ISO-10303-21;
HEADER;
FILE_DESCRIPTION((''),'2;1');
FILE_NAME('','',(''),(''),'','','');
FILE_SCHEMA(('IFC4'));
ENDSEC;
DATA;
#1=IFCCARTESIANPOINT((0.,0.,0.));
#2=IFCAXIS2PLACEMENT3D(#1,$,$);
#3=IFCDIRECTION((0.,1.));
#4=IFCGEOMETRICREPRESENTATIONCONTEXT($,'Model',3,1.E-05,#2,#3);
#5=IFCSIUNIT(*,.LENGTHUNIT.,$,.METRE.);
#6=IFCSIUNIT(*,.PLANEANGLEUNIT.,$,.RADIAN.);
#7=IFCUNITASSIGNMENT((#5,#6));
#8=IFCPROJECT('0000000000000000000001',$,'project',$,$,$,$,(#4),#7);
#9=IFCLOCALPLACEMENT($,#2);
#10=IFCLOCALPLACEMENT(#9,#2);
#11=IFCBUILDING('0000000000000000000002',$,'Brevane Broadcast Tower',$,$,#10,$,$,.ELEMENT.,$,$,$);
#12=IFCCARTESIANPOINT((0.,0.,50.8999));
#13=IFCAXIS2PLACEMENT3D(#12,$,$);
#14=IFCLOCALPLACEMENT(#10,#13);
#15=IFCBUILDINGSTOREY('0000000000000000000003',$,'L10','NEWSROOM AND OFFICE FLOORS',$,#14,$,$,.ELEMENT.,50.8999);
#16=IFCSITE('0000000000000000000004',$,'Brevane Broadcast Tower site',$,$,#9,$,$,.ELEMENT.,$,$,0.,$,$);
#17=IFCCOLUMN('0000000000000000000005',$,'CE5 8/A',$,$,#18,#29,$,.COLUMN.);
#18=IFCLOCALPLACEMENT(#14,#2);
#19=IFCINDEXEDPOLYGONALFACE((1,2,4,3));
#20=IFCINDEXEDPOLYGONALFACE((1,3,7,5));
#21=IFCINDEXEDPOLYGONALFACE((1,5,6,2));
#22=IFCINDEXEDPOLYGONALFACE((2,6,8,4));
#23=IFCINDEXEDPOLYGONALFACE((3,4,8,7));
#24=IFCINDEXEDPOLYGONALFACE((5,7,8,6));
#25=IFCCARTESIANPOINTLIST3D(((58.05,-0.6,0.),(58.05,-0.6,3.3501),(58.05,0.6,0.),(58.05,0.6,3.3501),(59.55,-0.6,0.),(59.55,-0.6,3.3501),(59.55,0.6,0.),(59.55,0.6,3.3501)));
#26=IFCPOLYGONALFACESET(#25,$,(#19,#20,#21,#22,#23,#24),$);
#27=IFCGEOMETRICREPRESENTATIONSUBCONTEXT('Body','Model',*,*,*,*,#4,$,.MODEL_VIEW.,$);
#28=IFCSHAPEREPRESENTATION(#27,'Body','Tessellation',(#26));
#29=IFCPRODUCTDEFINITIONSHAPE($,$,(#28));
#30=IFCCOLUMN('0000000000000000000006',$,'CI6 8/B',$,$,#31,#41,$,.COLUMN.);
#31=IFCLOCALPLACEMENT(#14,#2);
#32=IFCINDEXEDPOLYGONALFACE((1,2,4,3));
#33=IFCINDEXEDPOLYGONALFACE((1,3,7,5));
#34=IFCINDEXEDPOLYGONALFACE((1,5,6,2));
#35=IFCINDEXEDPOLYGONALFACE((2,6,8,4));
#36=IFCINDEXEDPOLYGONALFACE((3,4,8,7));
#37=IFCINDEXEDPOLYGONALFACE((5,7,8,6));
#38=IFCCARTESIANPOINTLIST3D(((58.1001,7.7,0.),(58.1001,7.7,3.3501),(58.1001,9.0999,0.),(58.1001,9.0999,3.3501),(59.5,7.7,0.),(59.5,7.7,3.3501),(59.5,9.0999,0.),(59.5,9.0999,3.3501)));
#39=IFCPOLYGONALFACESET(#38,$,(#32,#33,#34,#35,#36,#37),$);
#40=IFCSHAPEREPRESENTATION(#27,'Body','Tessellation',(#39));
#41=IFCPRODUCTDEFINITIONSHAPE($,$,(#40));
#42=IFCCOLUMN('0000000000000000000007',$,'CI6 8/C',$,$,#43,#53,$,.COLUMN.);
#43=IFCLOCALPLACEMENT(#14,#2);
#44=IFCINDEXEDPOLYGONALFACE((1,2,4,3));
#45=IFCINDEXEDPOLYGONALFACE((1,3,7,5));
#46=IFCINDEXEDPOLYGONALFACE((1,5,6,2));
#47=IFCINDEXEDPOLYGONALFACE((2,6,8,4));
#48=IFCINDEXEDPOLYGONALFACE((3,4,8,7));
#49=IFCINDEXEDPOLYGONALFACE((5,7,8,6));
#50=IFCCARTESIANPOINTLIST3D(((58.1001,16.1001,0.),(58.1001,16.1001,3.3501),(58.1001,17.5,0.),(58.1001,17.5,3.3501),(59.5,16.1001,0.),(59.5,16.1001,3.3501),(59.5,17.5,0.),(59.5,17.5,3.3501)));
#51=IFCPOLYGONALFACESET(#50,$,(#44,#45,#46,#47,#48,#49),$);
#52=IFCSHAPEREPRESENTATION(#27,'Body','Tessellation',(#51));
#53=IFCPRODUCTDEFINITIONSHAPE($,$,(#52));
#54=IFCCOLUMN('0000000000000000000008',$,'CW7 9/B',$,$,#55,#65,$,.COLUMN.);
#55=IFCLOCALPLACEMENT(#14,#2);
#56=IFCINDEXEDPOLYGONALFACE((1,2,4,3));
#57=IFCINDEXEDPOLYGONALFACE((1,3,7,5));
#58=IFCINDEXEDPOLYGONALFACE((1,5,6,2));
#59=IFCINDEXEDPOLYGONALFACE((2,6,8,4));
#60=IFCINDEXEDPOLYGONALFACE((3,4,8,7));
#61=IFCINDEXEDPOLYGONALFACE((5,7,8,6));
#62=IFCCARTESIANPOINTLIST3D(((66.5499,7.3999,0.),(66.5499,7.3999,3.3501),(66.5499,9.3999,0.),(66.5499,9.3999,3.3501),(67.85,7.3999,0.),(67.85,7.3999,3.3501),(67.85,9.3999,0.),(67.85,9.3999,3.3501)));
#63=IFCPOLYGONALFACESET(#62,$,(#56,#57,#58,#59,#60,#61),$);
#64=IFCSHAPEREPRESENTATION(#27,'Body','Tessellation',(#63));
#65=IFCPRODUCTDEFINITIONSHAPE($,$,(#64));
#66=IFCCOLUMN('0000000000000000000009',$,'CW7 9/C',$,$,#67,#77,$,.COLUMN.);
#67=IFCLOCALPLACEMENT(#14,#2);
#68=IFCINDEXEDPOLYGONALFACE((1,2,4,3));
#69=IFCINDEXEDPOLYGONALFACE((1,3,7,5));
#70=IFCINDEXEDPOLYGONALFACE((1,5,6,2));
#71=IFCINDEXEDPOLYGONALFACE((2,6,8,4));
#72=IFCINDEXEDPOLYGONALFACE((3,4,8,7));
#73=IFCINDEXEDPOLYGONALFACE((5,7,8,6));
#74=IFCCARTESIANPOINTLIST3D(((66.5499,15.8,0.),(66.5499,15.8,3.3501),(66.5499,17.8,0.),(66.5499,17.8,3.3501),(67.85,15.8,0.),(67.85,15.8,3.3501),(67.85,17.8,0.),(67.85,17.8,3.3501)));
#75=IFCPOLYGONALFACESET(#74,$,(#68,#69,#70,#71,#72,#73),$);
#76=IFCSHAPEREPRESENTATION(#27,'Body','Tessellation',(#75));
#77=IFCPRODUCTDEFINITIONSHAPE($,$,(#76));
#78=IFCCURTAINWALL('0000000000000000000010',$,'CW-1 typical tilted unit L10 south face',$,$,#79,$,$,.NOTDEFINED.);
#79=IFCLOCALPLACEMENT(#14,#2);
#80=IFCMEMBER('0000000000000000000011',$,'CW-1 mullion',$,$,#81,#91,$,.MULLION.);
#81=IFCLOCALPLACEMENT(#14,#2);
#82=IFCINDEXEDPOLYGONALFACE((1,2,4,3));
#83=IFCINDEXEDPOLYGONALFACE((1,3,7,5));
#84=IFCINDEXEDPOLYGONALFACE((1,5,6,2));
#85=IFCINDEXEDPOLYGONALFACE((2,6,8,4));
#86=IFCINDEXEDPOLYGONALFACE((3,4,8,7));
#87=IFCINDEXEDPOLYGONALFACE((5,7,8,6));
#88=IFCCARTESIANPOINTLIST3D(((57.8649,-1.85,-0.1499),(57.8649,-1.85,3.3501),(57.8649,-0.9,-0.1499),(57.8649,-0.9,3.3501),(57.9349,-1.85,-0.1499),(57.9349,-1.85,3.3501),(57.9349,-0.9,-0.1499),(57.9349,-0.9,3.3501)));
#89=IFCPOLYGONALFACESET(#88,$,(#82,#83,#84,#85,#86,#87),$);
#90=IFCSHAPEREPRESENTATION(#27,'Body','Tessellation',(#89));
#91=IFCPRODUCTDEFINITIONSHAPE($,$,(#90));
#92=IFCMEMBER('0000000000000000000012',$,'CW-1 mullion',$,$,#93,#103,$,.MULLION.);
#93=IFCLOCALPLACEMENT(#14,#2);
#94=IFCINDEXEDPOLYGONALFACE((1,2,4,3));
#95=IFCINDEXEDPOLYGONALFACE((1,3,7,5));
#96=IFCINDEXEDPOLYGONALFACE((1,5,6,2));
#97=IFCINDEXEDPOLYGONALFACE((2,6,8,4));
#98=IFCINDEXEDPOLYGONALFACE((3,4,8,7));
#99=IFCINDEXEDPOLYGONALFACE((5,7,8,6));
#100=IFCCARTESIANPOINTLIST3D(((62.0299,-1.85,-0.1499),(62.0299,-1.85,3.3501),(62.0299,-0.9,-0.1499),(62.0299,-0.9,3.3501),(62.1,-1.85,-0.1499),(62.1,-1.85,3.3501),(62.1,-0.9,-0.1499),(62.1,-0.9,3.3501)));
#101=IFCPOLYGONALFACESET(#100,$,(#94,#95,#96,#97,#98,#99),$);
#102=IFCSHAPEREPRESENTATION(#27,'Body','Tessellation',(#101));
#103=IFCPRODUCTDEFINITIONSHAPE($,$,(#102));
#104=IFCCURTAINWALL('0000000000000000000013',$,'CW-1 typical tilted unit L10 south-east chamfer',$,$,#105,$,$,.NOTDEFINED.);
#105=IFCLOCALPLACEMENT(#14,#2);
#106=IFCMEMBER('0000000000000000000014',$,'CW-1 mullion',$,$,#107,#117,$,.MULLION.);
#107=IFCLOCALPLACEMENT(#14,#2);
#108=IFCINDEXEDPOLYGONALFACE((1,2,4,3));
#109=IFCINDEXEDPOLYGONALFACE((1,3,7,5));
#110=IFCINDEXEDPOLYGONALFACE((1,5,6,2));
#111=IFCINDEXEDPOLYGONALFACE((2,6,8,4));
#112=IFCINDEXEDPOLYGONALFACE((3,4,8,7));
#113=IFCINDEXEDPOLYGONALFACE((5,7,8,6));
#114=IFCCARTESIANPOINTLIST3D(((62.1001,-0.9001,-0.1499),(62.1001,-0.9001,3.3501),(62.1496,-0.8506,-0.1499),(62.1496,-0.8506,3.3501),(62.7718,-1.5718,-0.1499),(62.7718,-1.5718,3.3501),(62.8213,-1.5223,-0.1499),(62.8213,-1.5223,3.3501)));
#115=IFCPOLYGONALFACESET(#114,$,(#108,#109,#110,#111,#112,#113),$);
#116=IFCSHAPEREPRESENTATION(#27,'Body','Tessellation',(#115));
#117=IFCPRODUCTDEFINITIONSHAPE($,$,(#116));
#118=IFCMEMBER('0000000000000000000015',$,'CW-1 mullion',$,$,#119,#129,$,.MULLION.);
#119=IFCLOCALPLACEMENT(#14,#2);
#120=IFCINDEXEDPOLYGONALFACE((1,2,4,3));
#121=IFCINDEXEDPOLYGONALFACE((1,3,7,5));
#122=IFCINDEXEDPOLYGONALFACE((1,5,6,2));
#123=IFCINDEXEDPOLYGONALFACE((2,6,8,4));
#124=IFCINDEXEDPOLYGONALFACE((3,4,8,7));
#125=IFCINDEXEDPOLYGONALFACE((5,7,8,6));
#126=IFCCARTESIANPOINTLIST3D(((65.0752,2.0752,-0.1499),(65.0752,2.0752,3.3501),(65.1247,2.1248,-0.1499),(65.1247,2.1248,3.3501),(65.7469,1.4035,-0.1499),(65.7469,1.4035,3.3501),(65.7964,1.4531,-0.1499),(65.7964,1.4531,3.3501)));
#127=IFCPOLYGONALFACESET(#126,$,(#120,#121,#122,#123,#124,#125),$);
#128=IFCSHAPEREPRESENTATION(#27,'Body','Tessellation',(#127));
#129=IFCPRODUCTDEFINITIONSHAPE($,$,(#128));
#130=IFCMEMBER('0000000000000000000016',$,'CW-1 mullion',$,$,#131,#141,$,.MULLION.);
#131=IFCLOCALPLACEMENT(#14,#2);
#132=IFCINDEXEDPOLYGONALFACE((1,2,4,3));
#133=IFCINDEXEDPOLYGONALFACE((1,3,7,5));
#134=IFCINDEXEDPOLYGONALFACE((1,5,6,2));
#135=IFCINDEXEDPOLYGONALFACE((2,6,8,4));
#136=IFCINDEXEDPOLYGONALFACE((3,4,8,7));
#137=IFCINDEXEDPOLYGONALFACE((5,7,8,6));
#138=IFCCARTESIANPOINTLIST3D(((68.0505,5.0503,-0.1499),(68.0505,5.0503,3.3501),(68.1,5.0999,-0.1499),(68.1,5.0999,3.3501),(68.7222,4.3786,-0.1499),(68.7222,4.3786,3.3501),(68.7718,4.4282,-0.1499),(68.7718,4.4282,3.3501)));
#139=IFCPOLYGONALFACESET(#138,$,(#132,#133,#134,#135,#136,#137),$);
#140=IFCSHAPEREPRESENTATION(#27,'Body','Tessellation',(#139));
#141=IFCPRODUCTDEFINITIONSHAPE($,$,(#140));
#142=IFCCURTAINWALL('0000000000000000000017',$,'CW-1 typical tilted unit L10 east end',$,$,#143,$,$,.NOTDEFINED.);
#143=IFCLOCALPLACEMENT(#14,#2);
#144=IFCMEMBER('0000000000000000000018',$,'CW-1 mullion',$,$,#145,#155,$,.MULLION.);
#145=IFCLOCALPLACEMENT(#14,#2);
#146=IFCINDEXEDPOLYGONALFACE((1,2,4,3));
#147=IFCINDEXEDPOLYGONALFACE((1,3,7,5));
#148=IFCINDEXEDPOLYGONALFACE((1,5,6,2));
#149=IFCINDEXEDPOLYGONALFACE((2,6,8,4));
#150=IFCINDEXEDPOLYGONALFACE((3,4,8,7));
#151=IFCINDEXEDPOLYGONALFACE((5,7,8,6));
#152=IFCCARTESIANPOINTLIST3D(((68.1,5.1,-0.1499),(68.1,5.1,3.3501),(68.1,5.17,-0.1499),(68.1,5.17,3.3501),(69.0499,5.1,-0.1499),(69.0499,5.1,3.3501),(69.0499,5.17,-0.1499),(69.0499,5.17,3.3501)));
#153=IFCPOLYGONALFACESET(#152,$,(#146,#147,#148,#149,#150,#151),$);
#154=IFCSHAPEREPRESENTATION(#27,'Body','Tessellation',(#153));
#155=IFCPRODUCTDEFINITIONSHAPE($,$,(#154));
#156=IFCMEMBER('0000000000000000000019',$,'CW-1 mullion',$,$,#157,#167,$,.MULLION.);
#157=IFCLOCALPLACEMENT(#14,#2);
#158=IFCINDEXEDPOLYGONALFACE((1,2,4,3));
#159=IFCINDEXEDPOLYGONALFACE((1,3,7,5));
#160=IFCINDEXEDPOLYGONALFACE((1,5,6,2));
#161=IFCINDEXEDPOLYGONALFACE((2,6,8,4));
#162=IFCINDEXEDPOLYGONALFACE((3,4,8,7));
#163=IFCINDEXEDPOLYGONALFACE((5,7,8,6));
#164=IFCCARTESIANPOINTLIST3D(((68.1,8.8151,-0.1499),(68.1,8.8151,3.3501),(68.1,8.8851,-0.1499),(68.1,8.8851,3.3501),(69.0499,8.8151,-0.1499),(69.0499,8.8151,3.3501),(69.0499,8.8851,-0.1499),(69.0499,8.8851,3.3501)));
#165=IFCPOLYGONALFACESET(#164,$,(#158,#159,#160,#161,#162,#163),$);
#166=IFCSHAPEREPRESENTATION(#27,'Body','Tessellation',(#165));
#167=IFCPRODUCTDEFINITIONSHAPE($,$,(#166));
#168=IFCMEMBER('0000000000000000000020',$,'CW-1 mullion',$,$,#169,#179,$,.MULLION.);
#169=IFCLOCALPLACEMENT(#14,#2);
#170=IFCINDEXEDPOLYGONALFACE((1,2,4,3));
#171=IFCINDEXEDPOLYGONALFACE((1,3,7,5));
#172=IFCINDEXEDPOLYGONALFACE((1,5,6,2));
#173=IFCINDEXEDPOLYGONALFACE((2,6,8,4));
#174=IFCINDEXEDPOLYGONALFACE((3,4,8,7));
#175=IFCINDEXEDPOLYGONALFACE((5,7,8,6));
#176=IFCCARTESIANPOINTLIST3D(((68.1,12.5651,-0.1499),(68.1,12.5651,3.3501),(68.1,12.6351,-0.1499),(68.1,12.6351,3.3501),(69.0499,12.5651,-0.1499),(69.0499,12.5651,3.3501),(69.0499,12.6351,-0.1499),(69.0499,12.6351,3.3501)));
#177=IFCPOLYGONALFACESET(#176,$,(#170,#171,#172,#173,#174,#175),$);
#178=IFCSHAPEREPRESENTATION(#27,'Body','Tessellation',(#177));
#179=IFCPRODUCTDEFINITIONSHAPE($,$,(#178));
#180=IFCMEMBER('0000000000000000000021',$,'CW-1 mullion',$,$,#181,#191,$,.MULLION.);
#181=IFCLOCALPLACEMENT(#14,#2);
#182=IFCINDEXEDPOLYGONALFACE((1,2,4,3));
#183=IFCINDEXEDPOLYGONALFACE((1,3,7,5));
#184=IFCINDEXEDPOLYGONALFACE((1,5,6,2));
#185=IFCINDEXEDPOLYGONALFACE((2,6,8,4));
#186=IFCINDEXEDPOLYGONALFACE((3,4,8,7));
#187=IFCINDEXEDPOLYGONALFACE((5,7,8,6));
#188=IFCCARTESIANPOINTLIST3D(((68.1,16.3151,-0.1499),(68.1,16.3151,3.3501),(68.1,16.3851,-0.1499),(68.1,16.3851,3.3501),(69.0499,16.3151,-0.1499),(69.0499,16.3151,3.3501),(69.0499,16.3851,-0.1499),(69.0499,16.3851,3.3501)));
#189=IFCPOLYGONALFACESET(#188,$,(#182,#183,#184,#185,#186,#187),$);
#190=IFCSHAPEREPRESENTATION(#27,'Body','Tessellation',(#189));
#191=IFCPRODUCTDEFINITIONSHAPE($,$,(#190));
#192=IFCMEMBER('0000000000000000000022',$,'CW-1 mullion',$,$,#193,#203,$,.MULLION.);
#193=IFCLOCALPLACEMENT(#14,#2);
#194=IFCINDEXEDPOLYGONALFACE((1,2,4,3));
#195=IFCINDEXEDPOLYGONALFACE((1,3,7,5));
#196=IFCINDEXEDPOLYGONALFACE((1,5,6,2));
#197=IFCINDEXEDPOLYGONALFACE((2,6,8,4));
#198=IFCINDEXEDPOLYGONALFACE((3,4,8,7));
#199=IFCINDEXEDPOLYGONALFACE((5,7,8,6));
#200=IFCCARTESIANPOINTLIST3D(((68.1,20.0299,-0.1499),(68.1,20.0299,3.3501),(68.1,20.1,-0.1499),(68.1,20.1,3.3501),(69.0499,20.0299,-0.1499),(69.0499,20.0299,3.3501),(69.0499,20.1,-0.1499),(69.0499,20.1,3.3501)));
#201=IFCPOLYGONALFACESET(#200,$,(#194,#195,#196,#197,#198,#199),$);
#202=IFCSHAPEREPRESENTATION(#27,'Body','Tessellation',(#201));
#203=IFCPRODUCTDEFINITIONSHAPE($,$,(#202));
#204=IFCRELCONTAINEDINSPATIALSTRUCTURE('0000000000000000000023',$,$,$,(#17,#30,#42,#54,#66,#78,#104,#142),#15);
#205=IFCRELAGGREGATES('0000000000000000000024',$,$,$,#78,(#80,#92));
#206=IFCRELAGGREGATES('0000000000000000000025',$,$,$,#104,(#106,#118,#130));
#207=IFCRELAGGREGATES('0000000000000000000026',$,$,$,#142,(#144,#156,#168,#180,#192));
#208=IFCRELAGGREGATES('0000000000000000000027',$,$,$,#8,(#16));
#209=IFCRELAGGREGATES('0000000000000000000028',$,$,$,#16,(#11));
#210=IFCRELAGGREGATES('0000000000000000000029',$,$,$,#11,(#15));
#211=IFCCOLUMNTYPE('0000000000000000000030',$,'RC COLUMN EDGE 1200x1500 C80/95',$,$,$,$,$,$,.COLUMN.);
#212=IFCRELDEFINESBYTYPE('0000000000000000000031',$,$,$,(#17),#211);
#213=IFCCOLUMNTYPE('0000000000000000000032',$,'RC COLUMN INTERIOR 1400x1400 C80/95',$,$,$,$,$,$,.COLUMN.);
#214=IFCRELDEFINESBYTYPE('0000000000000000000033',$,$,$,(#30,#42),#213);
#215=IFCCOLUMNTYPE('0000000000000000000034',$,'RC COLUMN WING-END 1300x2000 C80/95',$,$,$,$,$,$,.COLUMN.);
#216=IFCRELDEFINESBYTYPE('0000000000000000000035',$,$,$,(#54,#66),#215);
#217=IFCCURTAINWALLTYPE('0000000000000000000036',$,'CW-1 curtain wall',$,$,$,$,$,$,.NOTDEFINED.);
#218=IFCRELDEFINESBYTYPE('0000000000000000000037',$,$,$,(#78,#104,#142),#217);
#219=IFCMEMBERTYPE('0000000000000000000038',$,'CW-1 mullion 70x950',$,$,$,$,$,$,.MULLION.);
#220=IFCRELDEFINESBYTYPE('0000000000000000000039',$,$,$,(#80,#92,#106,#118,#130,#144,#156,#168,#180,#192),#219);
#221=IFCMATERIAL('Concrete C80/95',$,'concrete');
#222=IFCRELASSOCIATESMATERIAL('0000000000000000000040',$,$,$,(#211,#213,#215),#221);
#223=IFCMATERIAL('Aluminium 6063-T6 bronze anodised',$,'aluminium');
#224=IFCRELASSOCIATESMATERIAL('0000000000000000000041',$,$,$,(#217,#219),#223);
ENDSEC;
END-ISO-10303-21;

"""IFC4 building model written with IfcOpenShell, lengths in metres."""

from ifc_helpers import new_model, si_unit, direction, frame, origin, origin_2d, place, context, subcontext, project, spatial, rectangle, extrude, material, material_profile, profile_set, type_object, element, aggregate, save


model = new_model("IFC4")

# Units and contexts
model_context = context("Model", 3, precision=1e-05, world=origin(), true_north=direction((0.0, 1.0)))
body_context = subcontext(model_context, "Body", "Model", "MODEL_VIEW")
ifc_project = project(units=[si_unit("LENGTHUNIT", "METRE"), si_unit("PLANEANGLEUNIT", "RADIAN")], contexts=[model_context])

# Site, building, storey
site_placement = place(None, origin())
site = spatial("IfcSite", under=ifc_project, at=site_placement, Name="Brevane Broadcast Tower site", CompositionType="ELEMENT", RefElevation=0.0)
building_placement = place(site_placement, origin())
building = spatial("IfcBuilding", under=site, at=building_placement, Name="Brevane Broadcast Tower", CompositionType="ELEMENT")
storey_placement = place(building_placement, frame((0.0, 0.0, 50.8999)))
storey = spatial("IfcBuildingStorey", under=building, at=storey_placement, Name="L10", Description="NEWSROOM AND OFFICE FLOORS", CompositionType="ELEMENT", Elevation=50.8999)

# Columns
ifc_material_1 = material(Name="Concrete C80/95", Category="concrete")
ifc_material_profile_1 = material_profile(ifc_material_1, rectangle(XDim=1.2, YDim=1.5, at=origin_2d()), Name="RC 1200x1500")
ifc_profile_set_1 = profile_set([ifc_material_profile_1], Name="Concrete C80/95")
column_type_1 = type_object("IfcColumnType", Name="RC COLUMN EDGE 1200x1500 C80/95", PredefinedType="COLUMN", material=ifc_profile_set_1)
column_placement = place(storey_placement, frame((58.8, 0.0, 0.0), z_axis=(0.0, 0.0, 1.0), x_axis=(0.0, 1.0, 0.0)))
element("IfcColumn", 1, at=column_placement, inside=storey, type_object=column_type_1, Name="CE5 8/A", PredefinedType="COLUMN", context=body_context, shape_type="SweptSolid", body=[
    extrude(rectangle(XDim=1.2, YDim=1.5, at=origin_2d()), origin(), (0.0, 0.0, 1.0), 3.3501),
])
ifc_material_profile_2 = material_profile(ifc_material_1, rectangle(XDim=1.3999, YDim=1.3999, at=origin_2d()), Name="RC 1400x1400")
ifc_profile_set_2 = profile_set([ifc_material_profile_2], Name="Concrete C80/95")
column_type_2 = type_object("IfcColumnType", Name="RC COLUMN INTERIOR 1400x1400 C80/95", PredefinedType="COLUMN", material=ifc_profile_set_2)
for number, where, z_axis, x_axis, name in (
    (2, (58.8, 8.3999, 0.0), (0.0, 0.0, 1.0), (1.0, 0.0, 0.0), "CI6 8/B"),
    (3, (58.8, 16.8, 0.0), (0.0, 0.0, 1.0), (1.0, 0.0, 0.0), "CI6 8/C"),
):
    element("IfcColumn", number, at=place(storey_placement, frame(where, z_axis=z_axis, x_axis=x_axis)), inside=storey, type_object=column_type_2, Name=name, PredefinedType="COLUMN", context=body_context, shape_type="SweptSolid", body=[
        extrude(rectangle(XDim=1.3999, YDim=1.3999, at=origin_2d()), origin(), (0.0, 0.0, 1.0), 3.3501),
    ])
ifc_material_profile_3 = material_profile(ifc_material_1, rectangle(XDim=1.3, YDim=2.0, at=origin_2d()), Name="RC 1300x2000")
ifc_profile_set_3 = profile_set([ifc_material_profile_3], Name="Concrete C80/95")
column_type_3 = type_object("IfcColumnType", Name="RC COLUMN WING-END 1300x2000 C80/95", PredefinedType="COLUMN", material=ifc_profile_set_3)
for number, where, z_axis, x_axis, name in (
    (4, (67.2, 8.3999, 0.0), (0.0, 0.0, 1.0), (1.0, 0.0, 0.0), "CW7 9/B"),
    (5, (67.2, 16.8, 0.0), (0.0, 0.0, 1.0), (1.0, 0.0, 0.0), "CW7 9/C"),
):
    element("IfcColumn", number, at=place(storey_placement, frame(where, z_axis=z_axis, x_axis=x_axis)), inside=storey, type_object=column_type_3, Name=name, PredefinedType="COLUMN", context=body_context, shape_type="SweptSolid", body=[
        extrude(rectangle(XDim=1.3, YDim=2.0, at=origin_2d()), origin(), (0.0, 0.0, 1.0), 3.3501),
    ])

# Curtain walls, members
ifc_material_2 = material(Name="Aluminium 6063-T6 bronze anodised", Category="aluminium")
curtain_wall_type = type_object("IfcCurtainWallType", Name="CW-1 curtain wall", PredefinedType="NOTDEFINED", material=ifc_material_2)
curtain_wall_1_placement = place(storey_placement, origin())
curtain_wall_1 = element("IfcCurtainWall", 6, at=curtain_wall_1_placement, inside=storey, type_object=curtain_wall_type, Name="CW-1 typical tilted unit L10 south face", PredefinedType="NOTDEFINED")
ifc_material_profile_4 = material_profile(ifc_material_2, rectangle(XDim=0.95, YDim=0.0701, at=origin_2d()), Name="RECT 70x950")
ifc_profile_set_4 = profile_set([ifc_material_profile_4], Name="Aluminium 6063-T6 bronze anodised")
member_type_1 = type_object("IfcMemberType", Name="CW-1 mullion 70x950", PredefinedType="MULLION", material=ifc_profile_set_4)
member_1_placement = place(storey_placement, frame((57.8999, -1.375, -0.1499), z_axis=(0.0, 0.0, 1.0), x_axis=(0.0, 1.0, 0.0)))
member_1 = element("IfcMember", 7, at=member_1_placement, type_object=member_type_1, Name="CW-1 mullion", PredefinedType="MULLION", context=body_context, shape_type="SweptSolid", body=[
    extrude(rectangle(XDim=0.95, YDim=0.0701, at=origin_2d()), origin(), (0.0, 0.0, 1.0), 3.5),
])
member_2_placement = place(storey_placement, frame((62.0649, -1.375, -0.1499), z_axis=(0.0, 0.0, 1.0), x_axis=(0.0, 1.0, 0.0)))
member_2 = element("IfcMember", 8, at=member_2_placement, type_object=member_type_1, Name="CW-1 mullion", PredefinedType="MULLION", context=body_context, shape_type="SweptSolid", body=[
    extrude(rectangle(XDim=0.95, YDim=0.0701, at=origin_2d()), origin(), (0.0, 0.0, 1.0), 3.5),
])
aggregate(curtain_wall_1, [member_1, member_2])
curtain_wall_2_placement = place(storey_placement, origin())
curtain_wall_2 = element("IfcCurtainWall", 9, at=curtain_wall_2_placement, inside=storey, type_object=curtain_wall_type, Name="CW-1 typical tilted unit L10 south-east chamfer", PredefinedType="NOTDEFINED")
member_3_placement = place(storey_placement, frame((62.4607, -1.2112, -0.1499), z_axis=(0.0, 0.0, 1.0), x_axis=(-0.707107, 0.707107, 0.0)))
member_3 = element("IfcMember", 10, at=member_3_placement, type_object=member_type_1, Name="CW-1 mullion", PredefinedType="MULLION", context=body_context, shape_type="SweptSolid", body=[
    extrude(rectangle(XDim=0.95, YDim=0.0701, at=origin_2d()), origin(), (0.0, 0.0, 1.0), 3.5),
])
member_4_placement = place(storey_placement, frame((65.4358, 1.7642, -0.1499), z_axis=(0.0, 0.0, 1.0), x_axis=(-0.707107, 0.707107, 0.0)))
member_4 = element("IfcMember", 11, at=member_4_placement, type_object=member_type_1, Name="CW-1 mullion", PredefinedType="MULLION", context=body_context, shape_type="SweptSolid", body=[
    extrude(rectangle(XDim=0.95, YDim=0.0701, at=origin_2d()), origin(), (0.0, 0.0, 1.0), 3.5),
])
member_5_placement = place(storey_placement, frame((68.4111, 4.7393, -0.1499), z_axis=(0.0, 0.0, 1.0), x_axis=(-0.707107, 0.707107, 0.0)))
member_5 = element("IfcMember", 12, at=member_5_placement, type_object=member_type_1, Name="CW-1 mullion", PredefinedType="MULLION", context=body_context, shape_type="SweptSolid", body=[
    extrude(rectangle(XDim=0.95, YDim=0.0701, at=origin_2d()), origin(), (0.0, 0.0, 1.0), 3.5),
])
curtain_wall_3_placement = place(storey_placement, origin())
curtain_wall_3 = element("IfcCurtainWall", 13, at=curtain_wall_3_placement, inside=storey, type_object=curtain_wall_type, Name="CW-1 typical tilted unit L10 east end", PredefinedType="NOTDEFINED")
member_6_placement = place(storey_placement, frame((68.575, 5.135, -0.1499), z_axis=(0.0, 0.0, 1.0), x_axis=(-1.0, 0.0, 0.0)))
member_6 = element("IfcMember", 14, at=member_6_placement, type_object=member_type_1, Name="CW-1 mullion", PredefinedType="MULLION", context=body_context, shape_type="SweptSolid", body=[
    extrude(rectangle(XDim=0.95, YDim=0.0701, at=origin_2d()), origin(), (0.0, 0.0, 1.0), 3.5),
])
member_7_placement = place(storey_placement, frame((68.575, 8.8501, -0.1499), z_axis=(0.0, 0.0, 1.0), x_axis=(-1.0, 0.0, 0.0)))
member_7 = element("IfcMember", 15, at=member_7_placement, type_object=member_type_1, Name="CW-1 mullion", PredefinedType="MULLION", context=body_context, shape_type="SweptSolid", body=[
    extrude(rectangle(XDim=0.95, YDim=0.0701, at=origin_2d()), origin(), (0.0, 0.0, 1.0), 3.5),
])
member_8_placement = place(storey_placement, frame((68.575, 12.6001, -0.1499), z_axis=(0.0, 0.0, 1.0), x_axis=(-1.0, 0.0, 0.0)))
member_8 = element("IfcMember", 16, at=member_8_placement, type_object=member_type_1, Name="CW-1 mullion", PredefinedType="MULLION", context=body_context, shape_type="SweptSolid", body=[
    extrude(rectangle(XDim=0.95, YDim=0.0701, at=origin_2d()), origin(), (0.0, 0.0, 1.0), 3.5),
])
member_9_placement = place(storey_placement, frame((68.575, 16.3501, -0.1499), z_axis=(0.0, 0.0, 1.0), x_axis=(-1.0, 0.0, 0.0)))
member_9 = element("IfcMember", 17, at=member_9_placement, type_object=member_type_1, Name="CW-1 mullion", PredefinedType="MULLION", context=body_context, shape_type="SweptSolid", body=[
    extrude(rectangle(XDim=0.95, YDim=0.0701, at=origin_2d()), origin(), (0.0, 0.0, 1.0), 3.5),
])
member_10_placement = place(storey_placement, frame((68.575, 20.0649, -0.1499), z_axis=(0.0, 0.0, 1.0), x_axis=(-1.0, 0.0, 0.0)))
member_10 = element("IfcMember", 18, at=member_10_placement, type_object=member_type_1, Name="CW-1 mullion", PredefinedType="MULLION", context=body_context, shape_type="SweptSolid", body=[
    extrude(rectangle(XDim=0.95, YDim=0.0701, at=origin_2d()), origin(), (0.0, 0.0, 1.0), 3.5),
])

aggregate(curtain_wall_2, [member_3, member_4, member_5])
aggregate(curtain_wall_3, [member_6, member_7, member_8, member_9, member_10])

save(model, "model.ifc")
